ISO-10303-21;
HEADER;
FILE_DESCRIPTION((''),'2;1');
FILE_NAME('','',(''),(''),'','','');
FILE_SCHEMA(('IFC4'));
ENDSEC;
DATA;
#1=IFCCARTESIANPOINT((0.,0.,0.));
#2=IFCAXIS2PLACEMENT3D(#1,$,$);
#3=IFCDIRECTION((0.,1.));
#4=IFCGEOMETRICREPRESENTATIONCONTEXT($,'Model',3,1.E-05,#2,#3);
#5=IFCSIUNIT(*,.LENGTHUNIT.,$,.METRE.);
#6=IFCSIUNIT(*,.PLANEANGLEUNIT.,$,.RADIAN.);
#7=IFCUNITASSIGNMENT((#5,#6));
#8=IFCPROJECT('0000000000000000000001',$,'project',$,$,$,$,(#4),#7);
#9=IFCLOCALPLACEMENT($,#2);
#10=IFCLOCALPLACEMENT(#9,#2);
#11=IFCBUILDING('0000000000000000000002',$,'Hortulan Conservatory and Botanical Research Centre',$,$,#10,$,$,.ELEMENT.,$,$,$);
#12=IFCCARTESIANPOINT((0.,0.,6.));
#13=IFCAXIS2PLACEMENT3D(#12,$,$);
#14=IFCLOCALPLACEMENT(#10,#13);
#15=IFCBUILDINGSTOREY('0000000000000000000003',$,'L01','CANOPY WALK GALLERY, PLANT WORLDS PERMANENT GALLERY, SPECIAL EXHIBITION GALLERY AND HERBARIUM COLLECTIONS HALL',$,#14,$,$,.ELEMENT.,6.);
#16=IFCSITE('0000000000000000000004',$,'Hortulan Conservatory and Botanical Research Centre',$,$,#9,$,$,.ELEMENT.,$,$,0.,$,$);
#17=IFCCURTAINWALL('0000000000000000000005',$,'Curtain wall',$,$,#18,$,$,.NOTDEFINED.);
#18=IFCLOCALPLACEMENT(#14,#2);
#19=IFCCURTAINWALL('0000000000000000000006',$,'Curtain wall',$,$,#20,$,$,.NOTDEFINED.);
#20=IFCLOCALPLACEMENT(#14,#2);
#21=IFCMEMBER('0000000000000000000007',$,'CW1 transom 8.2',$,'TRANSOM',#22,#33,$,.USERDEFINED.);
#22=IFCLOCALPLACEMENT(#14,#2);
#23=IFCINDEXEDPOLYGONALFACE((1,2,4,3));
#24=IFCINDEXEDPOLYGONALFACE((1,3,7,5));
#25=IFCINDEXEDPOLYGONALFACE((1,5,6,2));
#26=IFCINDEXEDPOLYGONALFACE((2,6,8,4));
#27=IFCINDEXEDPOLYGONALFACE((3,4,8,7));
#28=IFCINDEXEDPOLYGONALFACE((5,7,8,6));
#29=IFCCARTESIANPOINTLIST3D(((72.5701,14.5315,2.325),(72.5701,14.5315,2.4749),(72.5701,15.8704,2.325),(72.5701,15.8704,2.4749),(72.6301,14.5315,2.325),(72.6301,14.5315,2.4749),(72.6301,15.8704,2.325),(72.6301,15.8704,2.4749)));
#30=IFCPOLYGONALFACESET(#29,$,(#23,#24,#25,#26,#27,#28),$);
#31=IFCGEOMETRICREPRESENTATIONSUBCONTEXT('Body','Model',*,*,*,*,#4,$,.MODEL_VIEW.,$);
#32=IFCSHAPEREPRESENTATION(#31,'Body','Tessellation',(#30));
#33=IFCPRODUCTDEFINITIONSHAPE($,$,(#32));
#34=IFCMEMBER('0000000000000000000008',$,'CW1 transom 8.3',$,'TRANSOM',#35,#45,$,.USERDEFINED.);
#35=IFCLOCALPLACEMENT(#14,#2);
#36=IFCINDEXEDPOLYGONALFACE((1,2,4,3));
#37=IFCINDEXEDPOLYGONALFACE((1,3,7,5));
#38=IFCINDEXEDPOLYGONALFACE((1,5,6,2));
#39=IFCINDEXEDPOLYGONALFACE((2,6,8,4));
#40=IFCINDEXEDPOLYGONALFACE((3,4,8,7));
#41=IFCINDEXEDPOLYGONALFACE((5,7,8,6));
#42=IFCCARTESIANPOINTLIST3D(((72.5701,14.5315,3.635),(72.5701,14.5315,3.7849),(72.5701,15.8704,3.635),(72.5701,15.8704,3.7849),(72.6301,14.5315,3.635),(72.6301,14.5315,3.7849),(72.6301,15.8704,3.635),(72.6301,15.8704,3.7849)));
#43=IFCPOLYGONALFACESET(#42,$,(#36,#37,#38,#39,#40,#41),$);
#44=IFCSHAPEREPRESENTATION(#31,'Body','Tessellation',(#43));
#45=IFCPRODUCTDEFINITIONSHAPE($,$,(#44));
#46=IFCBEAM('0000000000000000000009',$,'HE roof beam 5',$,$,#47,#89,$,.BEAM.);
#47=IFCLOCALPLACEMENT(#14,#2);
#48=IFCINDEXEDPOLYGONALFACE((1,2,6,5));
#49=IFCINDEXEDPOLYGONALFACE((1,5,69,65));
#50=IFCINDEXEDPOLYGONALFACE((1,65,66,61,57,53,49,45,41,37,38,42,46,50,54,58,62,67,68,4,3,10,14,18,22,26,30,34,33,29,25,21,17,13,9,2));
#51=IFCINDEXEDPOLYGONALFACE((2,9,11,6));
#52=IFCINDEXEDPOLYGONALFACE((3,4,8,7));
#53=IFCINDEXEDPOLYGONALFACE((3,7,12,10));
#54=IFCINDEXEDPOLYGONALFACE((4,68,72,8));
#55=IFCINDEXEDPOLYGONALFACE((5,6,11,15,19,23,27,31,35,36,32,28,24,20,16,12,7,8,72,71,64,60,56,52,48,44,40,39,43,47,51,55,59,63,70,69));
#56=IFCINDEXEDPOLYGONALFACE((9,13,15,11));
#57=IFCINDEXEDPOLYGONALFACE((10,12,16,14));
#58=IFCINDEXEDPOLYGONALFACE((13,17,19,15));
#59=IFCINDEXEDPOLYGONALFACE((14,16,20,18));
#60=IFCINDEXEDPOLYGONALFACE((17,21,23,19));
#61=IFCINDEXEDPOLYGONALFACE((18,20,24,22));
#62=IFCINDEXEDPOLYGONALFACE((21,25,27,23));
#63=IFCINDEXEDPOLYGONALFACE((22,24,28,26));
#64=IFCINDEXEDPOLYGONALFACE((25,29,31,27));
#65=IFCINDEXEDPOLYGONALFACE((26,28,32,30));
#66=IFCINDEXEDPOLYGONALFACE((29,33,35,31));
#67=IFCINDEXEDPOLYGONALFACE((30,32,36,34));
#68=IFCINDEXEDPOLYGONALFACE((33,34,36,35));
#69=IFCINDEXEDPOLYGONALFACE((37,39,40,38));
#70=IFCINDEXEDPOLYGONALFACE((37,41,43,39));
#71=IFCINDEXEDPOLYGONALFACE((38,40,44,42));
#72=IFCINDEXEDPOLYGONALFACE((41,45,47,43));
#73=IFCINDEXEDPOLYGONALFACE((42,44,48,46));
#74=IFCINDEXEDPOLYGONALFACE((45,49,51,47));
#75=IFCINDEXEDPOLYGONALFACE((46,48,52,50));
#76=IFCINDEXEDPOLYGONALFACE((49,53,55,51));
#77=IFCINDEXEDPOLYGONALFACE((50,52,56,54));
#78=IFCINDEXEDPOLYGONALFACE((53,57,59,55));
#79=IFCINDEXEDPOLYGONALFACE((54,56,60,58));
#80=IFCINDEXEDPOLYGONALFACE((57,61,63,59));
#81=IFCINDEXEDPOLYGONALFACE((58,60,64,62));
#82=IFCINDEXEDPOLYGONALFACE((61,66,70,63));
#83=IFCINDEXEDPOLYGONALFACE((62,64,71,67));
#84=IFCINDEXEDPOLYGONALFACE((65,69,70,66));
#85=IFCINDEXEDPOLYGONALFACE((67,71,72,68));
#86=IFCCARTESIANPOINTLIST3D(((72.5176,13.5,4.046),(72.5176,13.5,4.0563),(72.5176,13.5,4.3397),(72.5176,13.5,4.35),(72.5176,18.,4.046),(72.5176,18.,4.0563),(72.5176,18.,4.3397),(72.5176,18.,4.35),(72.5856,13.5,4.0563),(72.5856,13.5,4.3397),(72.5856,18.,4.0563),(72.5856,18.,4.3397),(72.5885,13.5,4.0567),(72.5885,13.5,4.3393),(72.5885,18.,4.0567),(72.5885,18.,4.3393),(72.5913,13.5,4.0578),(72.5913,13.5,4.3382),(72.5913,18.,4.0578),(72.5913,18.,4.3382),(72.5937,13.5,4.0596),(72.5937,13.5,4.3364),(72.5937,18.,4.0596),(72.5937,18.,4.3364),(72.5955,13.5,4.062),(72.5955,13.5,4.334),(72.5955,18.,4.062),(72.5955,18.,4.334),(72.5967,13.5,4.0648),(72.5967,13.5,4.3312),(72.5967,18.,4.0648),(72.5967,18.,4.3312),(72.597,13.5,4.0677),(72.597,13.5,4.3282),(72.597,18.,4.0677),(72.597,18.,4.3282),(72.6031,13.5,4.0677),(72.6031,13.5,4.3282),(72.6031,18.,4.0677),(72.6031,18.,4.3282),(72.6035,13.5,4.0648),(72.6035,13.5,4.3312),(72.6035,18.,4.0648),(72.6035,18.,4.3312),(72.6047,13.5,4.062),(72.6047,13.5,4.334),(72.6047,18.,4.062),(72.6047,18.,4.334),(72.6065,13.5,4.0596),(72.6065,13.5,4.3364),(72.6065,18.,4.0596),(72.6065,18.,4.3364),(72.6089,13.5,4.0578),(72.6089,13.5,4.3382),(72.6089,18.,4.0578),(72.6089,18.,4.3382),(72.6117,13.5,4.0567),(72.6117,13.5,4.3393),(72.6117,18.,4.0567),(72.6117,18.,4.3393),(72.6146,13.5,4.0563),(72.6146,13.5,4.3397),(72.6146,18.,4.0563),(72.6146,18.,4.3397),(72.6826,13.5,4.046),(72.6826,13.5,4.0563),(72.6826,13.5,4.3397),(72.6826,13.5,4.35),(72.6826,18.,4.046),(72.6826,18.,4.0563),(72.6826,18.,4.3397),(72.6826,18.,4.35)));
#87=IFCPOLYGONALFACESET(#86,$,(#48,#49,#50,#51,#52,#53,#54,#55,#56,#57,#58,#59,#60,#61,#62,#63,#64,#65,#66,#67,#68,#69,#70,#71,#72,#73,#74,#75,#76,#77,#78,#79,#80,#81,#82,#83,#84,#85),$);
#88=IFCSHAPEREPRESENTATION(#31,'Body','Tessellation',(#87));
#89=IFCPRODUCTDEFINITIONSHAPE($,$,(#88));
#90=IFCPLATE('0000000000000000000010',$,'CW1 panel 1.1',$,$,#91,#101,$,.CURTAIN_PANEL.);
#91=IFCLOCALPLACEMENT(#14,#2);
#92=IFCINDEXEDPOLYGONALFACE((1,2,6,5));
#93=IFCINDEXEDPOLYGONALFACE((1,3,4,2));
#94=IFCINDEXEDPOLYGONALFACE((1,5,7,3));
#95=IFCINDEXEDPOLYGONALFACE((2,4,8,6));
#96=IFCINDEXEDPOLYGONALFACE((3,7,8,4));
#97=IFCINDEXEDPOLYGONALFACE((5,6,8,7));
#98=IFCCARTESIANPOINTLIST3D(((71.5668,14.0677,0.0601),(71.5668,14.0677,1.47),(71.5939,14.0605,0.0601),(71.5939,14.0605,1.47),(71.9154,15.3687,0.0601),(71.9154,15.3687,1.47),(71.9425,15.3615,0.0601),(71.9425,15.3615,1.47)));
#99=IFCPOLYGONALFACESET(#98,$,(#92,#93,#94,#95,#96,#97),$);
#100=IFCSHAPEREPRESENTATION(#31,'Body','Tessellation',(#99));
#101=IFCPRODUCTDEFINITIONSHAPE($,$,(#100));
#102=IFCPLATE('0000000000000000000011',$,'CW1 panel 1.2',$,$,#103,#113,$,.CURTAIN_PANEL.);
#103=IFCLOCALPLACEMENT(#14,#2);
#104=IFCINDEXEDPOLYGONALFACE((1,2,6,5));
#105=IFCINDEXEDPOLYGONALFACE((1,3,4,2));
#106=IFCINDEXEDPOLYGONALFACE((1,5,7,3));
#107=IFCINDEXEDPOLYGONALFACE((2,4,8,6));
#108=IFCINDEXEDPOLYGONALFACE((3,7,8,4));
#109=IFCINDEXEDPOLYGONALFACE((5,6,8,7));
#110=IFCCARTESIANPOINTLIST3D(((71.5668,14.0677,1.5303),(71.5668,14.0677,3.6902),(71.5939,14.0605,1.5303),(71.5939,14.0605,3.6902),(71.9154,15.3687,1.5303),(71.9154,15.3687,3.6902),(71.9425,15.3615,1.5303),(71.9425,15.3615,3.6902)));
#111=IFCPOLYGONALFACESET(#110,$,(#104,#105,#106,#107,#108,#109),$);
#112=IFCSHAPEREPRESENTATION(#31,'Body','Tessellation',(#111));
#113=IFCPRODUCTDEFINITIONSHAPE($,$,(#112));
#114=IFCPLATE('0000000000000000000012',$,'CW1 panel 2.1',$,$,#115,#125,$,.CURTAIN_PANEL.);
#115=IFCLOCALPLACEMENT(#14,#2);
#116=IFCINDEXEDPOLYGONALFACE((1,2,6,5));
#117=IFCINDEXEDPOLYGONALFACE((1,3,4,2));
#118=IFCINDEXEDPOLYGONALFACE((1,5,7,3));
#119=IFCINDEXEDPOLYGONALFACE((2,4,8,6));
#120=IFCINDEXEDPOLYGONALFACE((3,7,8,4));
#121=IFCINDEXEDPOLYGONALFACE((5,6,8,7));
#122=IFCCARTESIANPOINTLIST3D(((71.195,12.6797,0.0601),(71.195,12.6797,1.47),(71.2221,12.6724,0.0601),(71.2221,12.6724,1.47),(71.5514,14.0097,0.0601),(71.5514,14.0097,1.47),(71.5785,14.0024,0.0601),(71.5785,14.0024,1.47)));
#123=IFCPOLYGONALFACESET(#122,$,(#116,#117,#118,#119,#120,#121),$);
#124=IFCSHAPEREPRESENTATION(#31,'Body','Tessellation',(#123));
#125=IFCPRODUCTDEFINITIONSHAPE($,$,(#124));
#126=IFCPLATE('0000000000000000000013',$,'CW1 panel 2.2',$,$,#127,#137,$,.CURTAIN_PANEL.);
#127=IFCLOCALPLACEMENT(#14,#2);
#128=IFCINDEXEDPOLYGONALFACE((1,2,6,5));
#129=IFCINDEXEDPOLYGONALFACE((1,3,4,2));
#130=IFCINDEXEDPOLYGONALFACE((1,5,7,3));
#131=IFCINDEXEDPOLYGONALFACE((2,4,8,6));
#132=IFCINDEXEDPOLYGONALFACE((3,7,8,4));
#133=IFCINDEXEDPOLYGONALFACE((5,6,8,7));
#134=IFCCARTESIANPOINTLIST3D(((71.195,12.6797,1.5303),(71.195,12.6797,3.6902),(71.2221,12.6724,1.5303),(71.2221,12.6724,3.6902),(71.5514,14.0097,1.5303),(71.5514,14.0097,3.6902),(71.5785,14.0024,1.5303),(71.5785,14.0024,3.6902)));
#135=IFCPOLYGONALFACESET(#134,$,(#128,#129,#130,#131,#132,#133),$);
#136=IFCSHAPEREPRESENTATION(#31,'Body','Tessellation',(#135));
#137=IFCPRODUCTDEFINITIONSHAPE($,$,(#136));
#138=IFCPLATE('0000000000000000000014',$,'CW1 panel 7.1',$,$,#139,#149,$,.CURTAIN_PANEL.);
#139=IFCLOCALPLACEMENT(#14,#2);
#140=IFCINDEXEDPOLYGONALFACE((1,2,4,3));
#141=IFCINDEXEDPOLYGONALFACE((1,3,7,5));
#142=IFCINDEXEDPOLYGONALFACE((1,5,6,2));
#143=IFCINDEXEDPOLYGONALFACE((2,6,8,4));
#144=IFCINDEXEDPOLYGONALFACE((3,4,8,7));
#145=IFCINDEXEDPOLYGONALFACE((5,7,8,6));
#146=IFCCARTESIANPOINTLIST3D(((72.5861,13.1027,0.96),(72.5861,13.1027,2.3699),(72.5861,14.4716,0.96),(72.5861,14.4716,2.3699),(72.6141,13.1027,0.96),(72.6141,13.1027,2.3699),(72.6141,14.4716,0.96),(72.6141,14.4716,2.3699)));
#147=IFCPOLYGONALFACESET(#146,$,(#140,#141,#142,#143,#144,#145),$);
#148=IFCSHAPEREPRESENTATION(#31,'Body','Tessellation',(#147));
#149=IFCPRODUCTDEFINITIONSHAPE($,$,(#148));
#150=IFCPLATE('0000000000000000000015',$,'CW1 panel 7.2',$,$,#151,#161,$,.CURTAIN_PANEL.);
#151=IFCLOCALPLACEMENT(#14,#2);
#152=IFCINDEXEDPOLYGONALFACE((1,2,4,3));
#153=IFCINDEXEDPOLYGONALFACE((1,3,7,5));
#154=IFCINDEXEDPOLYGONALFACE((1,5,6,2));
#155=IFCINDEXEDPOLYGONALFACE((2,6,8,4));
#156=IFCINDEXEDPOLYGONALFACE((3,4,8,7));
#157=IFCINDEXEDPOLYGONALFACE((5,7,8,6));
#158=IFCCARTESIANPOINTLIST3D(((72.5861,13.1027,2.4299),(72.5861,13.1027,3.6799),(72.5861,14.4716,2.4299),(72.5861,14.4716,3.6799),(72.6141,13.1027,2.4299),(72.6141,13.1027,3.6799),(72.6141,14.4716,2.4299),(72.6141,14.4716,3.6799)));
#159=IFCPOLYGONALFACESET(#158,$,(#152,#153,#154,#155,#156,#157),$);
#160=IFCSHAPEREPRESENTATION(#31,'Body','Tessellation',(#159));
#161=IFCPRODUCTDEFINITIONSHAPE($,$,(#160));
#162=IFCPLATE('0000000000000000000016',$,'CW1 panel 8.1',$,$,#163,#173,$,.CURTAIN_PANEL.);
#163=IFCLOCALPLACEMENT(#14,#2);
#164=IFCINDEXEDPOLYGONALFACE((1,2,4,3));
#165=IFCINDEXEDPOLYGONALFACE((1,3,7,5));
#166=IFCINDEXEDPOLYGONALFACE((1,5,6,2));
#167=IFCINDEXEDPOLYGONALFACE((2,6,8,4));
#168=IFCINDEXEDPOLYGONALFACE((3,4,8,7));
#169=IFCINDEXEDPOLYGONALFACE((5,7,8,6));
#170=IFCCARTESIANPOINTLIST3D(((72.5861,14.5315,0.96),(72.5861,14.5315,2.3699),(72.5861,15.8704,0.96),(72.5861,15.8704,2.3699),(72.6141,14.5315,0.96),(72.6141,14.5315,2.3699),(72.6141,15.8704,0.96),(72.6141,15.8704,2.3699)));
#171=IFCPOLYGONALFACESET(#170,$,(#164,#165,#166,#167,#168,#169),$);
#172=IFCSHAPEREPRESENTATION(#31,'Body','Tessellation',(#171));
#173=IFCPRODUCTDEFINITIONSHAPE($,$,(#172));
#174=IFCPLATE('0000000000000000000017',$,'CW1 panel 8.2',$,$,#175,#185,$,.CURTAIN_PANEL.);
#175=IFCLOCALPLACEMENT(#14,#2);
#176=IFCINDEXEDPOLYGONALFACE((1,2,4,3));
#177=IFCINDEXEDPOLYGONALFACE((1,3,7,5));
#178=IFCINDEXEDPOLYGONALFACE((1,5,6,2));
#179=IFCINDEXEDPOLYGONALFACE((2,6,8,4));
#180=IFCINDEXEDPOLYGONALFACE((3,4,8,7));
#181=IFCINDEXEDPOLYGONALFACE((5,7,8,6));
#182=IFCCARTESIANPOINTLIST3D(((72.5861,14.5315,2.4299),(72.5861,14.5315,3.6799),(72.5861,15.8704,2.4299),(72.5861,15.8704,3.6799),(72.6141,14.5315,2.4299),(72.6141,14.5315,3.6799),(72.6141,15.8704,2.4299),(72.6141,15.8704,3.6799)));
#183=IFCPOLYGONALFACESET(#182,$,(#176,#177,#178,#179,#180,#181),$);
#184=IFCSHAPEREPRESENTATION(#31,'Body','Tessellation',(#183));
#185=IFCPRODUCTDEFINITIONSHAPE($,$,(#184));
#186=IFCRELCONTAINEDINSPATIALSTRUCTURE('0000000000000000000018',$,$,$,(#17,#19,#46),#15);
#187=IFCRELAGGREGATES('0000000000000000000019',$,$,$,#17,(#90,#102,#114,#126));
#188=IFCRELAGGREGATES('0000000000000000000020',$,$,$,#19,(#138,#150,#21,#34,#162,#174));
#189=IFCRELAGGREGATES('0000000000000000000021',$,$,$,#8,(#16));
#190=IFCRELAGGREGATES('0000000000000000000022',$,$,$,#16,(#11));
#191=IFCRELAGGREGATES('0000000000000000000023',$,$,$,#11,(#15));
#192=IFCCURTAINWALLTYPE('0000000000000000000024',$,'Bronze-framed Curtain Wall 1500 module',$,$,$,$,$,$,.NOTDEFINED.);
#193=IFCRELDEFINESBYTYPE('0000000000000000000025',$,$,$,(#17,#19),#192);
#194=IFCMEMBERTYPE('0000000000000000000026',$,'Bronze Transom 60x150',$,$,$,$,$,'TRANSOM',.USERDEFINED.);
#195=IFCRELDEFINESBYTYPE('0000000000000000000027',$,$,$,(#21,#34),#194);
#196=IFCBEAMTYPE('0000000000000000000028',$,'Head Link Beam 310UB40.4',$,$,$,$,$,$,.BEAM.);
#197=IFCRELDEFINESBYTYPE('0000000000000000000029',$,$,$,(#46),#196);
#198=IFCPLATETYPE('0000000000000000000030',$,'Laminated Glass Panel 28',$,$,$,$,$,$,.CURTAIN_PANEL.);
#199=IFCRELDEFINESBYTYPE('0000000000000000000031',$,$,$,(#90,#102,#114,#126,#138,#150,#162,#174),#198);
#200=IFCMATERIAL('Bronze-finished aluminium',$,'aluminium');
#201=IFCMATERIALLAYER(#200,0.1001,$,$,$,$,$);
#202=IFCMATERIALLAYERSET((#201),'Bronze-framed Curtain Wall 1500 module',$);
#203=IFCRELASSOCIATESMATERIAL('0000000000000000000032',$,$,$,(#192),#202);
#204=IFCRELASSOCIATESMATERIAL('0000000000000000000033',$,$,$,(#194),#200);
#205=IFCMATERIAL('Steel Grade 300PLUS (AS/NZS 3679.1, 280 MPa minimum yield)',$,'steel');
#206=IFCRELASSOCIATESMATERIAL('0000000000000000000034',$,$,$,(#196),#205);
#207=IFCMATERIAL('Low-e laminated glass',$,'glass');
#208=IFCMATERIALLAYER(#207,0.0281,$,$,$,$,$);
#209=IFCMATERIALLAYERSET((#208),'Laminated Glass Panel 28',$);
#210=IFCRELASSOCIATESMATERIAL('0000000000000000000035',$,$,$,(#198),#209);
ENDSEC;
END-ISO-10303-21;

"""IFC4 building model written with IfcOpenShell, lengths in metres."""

from ifc_helpers import new_model, si_unit, direction, frame, origin, origin_2d, place, context, subcontext, project, spatial, rectangle, i_section, extrude, material, layer, layer_set, material_profile, profile_set, type_object, element, aggregate, save


model = new_model("IFC4")

# Units and contexts
model_context = context("Model", 3, precision=1e-05, world=origin(), true_north=direction((0.0, 1.0)))
body_context = subcontext(model_context, "Body", "Model", "MODEL_VIEW")
ifc_project = project(units=[si_unit("LENGTHUNIT", "METRE"), si_unit("PLANEANGLEUNIT", "RADIAN")], contexts=[model_context])

# Site, building, storey
site_placement = place(None, origin())
site = spatial("IfcSite", under=ifc_project, at=site_placement, Name="Hortulan Conservatory and Botanical Research Centre", CompositionType="ELEMENT", RefElevation=0.0)
building_placement = place(site_placement, origin())
building = spatial("IfcBuilding", under=site, at=building_placement, Name="Hortulan Conservatory and Botanical Research Centre", CompositionType="ELEMENT")
storey_placement = place(building_placement, frame((0.0, 0.0, 6.0)))
storey = spatial("IfcBuildingStorey", under=building, at=storey_placement, Name="L01", Description="CANOPY WALK GALLERY, PLANT WORLDS PERMANENT GALLERY, SPECIAL EXHIBITION GALLERY AND HERBARIUM COLLECTIONS HALL", CompositionType="ELEMENT", Elevation=6.0)

# Curtain walls
ifc_material_1 = material(Name="Bronze-finished aluminium", Category="aluminium")
ifc_layer_1 = layer(ifc_material_1, 0.1001)
ifc_layer_set_1 = layer_set([ifc_layer_1], Name="Bronze-framed Curtain Wall 1500 module")
curtain_wall_type = type_object("IfcCurtainWallType", Name="Bronze-framed Curtain Wall 1500 module", PredefinedType="NOTDEFINED", material=ifc_layer_set_1)
curtain_wall_1_placement = place(storey_placement, origin())
curtain_wall_1 = element("IfcCurtainWall", 1, at=curtain_wall_1_placement, inside=storey, type_object=curtain_wall_type, Name="Curtain wall", PredefinedType="NOTDEFINED")
curtain_wall_2_placement = place(storey_placement, origin())
curtain_wall_2 = element("IfcCurtainWall", 2, at=curtain_wall_2_placement, inside=storey, type_object=curtain_wall_type, Name="Curtain wall", PredefinedType="NOTDEFINED")

# Members
ifc_material_profile_1 = material_profile(ifc_material_1, rectangle(XDim=0.0601, YDim=0.1499, at=origin_2d()), Name="Bronze Transom 60x150")
ifc_profile_set_1 = profile_set([ifc_material_profile_1], Name="Bronze-finished aluminium")
member_type_1 = type_object("IfcMemberType", Name="Bronze Transom 60x150", ElementType="TRANSOM", PredefinedType="USERDEFINED", material=ifc_profile_set_1)
member_1_placement = place(storey_placement, frame((72.6001, 14.5315, 2.3999), z_axis=(0.0, 1.0, 0.0), x_axis=(-1.0, 0.0, 0.0)))
member_1 = element("IfcMember", 3, at=member_1_placement, type_object=member_type_1, Name="CW1 transom 8.2", ObjectType="TRANSOM", PredefinedType="USERDEFINED", context=body_context, shape_type="SweptSolid", body=[
    extrude(rectangle(XDim=0.0601, YDim=0.1499, at=origin_2d()), origin(), (0.0, 0.0, 1.0), 1.3389),
])
member_2_placement = place(storey_placement, frame((72.6001, 14.5315, 3.71), z_axis=(0.0, 1.0, 0.0), x_axis=(-1.0, 0.0, 0.0)))
member_2 = element("IfcMember", 4, at=member_2_placement, type_object=member_type_1, Name="CW1 transom 8.3", ObjectType="TRANSOM", PredefinedType="USERDEFINED", context=body_context, shape_type="SweptSolid", body=[
    extrude(rectangle(XDim=0.0601, YDim=0.1499, at=origin_2d()), origin(), (0.0, 0.0, 1.0), 1.3389),
])

# Beam
ifc_material_2 = material(Name="Steel Grade 300PLUS (AS/NZS 3679.1, 280 MPa minimum yield)", Category="steel")
ifc_material_profile_2 = material_profile(ifc_material_2, i_section(OverallWidth=0.165, OverallDepth=0.304, WebThickness=0.0061, FlangeThickness=0.0103, FilletRadius=0.0115, at=origin_2d()), Name="310UB40.4")
ifc_profile_set_2 = profile_set([ifc_material_profile_2], Name="Steel Grade 300PLUS (AS/NZS 3679.1, 280 MPa minimum yield)")
beam_type = type_object("IfcBeamType", Name="Head Link Beam 310UB40.4", PredefinedType="BEAM", material=ifc_profile_set_2)
beam_placement = place(storey_placement, frame((72.6001, 13.5, 4.198), z_axis=(0.0, 1.0, 0.0), x_axis=(-1.0, 0.0, 0.0)))
element("IfcBeam", 5, at=beam_placement, inside=storey, type_object=beam_type, Name="HE roof beam 5", PredefinedType="BEAM", context=body_context, shape_type="SweptSolid", body=[
    extrude(i_section(OverallWidth=0.165, OverallDepth=0.304, WebThickness=0.0061, FlangeThickness=0.0103, FilletRadius=0.0115, at=origin_2d()), origin(), (0.0, 0.0, 1.0), 4.5),
])

# Plates
ifc_material_3 = material(Name="Low-e laminated glass", Category="glass")
ifc_layer_2 = layer(ifc_material_3, 0.0281)
ifc_layer_set_2 = layer_set([ifc_layer_2], Name="Laminated Glass Panel 28")
plate_type = type_object("IfcPlateType", Name="Laminated Glass Panel 28", PredefinedType="CURTAIN_PANEL", material=ifc_layer_set_2)
plate_1_placement = place(storey_placement, frame((71.7546, 14.7146, 0.0601), z_axis=(0.0, 0.0, 1.0), x_axis=(-0.258832, -0.965922, 0.0)))
plate_1 = element("IfcPlate", 6, at=plate_1_placement, type_object=plate_type, Name="CW1 panel 1.1", PredefinedType="CURTAIN_PANEL", context=body_context, shape_type="SweptSolid", body=[
    extrude(rectangle(XDim=1.3469, YDim=0.0281, at=origin_2d()), origin(), (0.0, 0.0, 1.0), 1.4099),
])
plate_2_placement = place(storey_placement, frame((71.7546, 14.7146, 1.5303), z_axis=(0.0, 0.0, 1.0), x_axis=(-0.258832, -0.965922, 0.0)))
plate_2 = element("IfcPlate", 7, at=plate_2_placement, type_object=plate_type, Name="CW1 panel 1.2", PredefinedType="CURTAIN_PANEL", context=body_context, shape_type="SweptSolid", body=[
    extrude(rectangle(XDim=1.3469, YDim=0.0281, at=origin_2d()), origin(), (0.0, 0.0, 1.0), 2.1599),
])
plate_3_placement = place(storey_placement, frame((71.3867, 13.3411, 0.0601), z_axis=(0.0, 0.0, 1.0), x_axis=(-0.258832, -0.965922, 0.0)))
plate_3 = element("IfcPlate", 8, at=plate_3_placement, type_object=plate_type, Name="CW1 panel 2.1", PredefinedType="CURTAIN_PANEL", context=body_context, shape_type="SweptSolid", body=[
    extrude(rectangle(XDim=1.377, YDim=0.0281, at=origin_2d()), origin(), (0.0, 0.0, 1.0), 1.4099),
])
plate_4_placement = place(storey_placement, frame((71.3867, 13.3411, 1.5303), z_axis=(0.0, 0.0, 1.0), x_axis=(-0.258832, -0.965922, 0.0)))
plate_4 = element("IfcPlate", 9, at=plate_4_placement, type_object=plate_type, Name="CW1 panel 2.2", PredefinedType="CURTAIN_PANEL", context=body_context, shape_type="SweptSolid", body=[
    extrude(rectangle(XDim=1.377, YDim=0.0281, at=origin_2d()), origin(), (0.0, 0.0, 1.0), 2.1599),
])
aggregate(curtain_wall_1, [plate_1, plate_2, plate_3, plate_4])
plate_5_placement = place(storey_placement, frame((72.6001, 13.7871, 0.96), z_axis=(0.0, 0.0, 1.0), x_axis=(0.0, 1.0, 0.0)))
plate_5 = element("IfcPlate", 10, at=plate_5_placement, type_object=plate_type, Name="CW1 panel 7.1", PredefinedType="CURTAIN_PANEL", context=body_context, shape_type="SweptSolid", body=[
    extrude(rectangle(XDim=1.3689, YDim=0.0281, at=origin_2d()), origin(), (0.0, 0.0, 1.0), 1.4099),
])
plate_6_placement = place(storey_placement, frame((72.6001, 13.7871, 2.4299), z_axis=(0.0, 0.0, 1.0), x_axis=(0.0, 1.0, 0.0)))
plate_6 = element("IfcPlate", 11, at=plate_6_placement, type_object=plate_type, Name="CW1 panel 7.2", PredefinedType="CURTAIN_PANEL", context=body_context, shape_type="SweptSolid", body=[
    extrude(rectangle(XDim=1.3689, YDim=0.0281, at=origin_2d()), origin(), (0.0, 0.0, 1.0), 1.25),
])
plate_7_placement = place(storey_placement, frame((72.6001, 15.2009, 0.96), z_axis=(0.0, 0.0, 1.0), x_axis=(0.0, 1.0, 0.0)))
plate_7 = element("IfcPlate", 12, at=plate_7_placement, type_object=plate_type, Name="CW1 panel 8.1", PredefinedType="CURTAIN_PANEL", context=body_context, shape_type="SweptSolid", body=[
    extrude(rectangle(XDim=1.3389, YDim=0.0281, at=origin_2d()), origin(), (0.0, 0.0, 1.0), 1.4099),
])
plate_8_placement = place(storey_placement, frame((72.6001, 15.2009, 2.4299), z_axis=(0.0, 0.0, 1.0), x_axis=(0.0, 1.0, 0.0)))
plate_8 = element("IfcPlate", 13, at=plate_8_placement, type_object=plate_type, Name="CW1 panel 8.2", PredefinedType="CURTAIN_PANEL", context=body_context, shape_type="SweptSolid", body=[
    extrude(rectangle(XDim=1.3389, YDim=0.0281, at=origin_2d()), origin(), (0.0, 0.0, 1.0), 1.25),
])
aggregate(curtain_wall_2, [plate_5, plate_6, member_1, member_2, plate_7, plate_8])

save(model, "model.ifc")
